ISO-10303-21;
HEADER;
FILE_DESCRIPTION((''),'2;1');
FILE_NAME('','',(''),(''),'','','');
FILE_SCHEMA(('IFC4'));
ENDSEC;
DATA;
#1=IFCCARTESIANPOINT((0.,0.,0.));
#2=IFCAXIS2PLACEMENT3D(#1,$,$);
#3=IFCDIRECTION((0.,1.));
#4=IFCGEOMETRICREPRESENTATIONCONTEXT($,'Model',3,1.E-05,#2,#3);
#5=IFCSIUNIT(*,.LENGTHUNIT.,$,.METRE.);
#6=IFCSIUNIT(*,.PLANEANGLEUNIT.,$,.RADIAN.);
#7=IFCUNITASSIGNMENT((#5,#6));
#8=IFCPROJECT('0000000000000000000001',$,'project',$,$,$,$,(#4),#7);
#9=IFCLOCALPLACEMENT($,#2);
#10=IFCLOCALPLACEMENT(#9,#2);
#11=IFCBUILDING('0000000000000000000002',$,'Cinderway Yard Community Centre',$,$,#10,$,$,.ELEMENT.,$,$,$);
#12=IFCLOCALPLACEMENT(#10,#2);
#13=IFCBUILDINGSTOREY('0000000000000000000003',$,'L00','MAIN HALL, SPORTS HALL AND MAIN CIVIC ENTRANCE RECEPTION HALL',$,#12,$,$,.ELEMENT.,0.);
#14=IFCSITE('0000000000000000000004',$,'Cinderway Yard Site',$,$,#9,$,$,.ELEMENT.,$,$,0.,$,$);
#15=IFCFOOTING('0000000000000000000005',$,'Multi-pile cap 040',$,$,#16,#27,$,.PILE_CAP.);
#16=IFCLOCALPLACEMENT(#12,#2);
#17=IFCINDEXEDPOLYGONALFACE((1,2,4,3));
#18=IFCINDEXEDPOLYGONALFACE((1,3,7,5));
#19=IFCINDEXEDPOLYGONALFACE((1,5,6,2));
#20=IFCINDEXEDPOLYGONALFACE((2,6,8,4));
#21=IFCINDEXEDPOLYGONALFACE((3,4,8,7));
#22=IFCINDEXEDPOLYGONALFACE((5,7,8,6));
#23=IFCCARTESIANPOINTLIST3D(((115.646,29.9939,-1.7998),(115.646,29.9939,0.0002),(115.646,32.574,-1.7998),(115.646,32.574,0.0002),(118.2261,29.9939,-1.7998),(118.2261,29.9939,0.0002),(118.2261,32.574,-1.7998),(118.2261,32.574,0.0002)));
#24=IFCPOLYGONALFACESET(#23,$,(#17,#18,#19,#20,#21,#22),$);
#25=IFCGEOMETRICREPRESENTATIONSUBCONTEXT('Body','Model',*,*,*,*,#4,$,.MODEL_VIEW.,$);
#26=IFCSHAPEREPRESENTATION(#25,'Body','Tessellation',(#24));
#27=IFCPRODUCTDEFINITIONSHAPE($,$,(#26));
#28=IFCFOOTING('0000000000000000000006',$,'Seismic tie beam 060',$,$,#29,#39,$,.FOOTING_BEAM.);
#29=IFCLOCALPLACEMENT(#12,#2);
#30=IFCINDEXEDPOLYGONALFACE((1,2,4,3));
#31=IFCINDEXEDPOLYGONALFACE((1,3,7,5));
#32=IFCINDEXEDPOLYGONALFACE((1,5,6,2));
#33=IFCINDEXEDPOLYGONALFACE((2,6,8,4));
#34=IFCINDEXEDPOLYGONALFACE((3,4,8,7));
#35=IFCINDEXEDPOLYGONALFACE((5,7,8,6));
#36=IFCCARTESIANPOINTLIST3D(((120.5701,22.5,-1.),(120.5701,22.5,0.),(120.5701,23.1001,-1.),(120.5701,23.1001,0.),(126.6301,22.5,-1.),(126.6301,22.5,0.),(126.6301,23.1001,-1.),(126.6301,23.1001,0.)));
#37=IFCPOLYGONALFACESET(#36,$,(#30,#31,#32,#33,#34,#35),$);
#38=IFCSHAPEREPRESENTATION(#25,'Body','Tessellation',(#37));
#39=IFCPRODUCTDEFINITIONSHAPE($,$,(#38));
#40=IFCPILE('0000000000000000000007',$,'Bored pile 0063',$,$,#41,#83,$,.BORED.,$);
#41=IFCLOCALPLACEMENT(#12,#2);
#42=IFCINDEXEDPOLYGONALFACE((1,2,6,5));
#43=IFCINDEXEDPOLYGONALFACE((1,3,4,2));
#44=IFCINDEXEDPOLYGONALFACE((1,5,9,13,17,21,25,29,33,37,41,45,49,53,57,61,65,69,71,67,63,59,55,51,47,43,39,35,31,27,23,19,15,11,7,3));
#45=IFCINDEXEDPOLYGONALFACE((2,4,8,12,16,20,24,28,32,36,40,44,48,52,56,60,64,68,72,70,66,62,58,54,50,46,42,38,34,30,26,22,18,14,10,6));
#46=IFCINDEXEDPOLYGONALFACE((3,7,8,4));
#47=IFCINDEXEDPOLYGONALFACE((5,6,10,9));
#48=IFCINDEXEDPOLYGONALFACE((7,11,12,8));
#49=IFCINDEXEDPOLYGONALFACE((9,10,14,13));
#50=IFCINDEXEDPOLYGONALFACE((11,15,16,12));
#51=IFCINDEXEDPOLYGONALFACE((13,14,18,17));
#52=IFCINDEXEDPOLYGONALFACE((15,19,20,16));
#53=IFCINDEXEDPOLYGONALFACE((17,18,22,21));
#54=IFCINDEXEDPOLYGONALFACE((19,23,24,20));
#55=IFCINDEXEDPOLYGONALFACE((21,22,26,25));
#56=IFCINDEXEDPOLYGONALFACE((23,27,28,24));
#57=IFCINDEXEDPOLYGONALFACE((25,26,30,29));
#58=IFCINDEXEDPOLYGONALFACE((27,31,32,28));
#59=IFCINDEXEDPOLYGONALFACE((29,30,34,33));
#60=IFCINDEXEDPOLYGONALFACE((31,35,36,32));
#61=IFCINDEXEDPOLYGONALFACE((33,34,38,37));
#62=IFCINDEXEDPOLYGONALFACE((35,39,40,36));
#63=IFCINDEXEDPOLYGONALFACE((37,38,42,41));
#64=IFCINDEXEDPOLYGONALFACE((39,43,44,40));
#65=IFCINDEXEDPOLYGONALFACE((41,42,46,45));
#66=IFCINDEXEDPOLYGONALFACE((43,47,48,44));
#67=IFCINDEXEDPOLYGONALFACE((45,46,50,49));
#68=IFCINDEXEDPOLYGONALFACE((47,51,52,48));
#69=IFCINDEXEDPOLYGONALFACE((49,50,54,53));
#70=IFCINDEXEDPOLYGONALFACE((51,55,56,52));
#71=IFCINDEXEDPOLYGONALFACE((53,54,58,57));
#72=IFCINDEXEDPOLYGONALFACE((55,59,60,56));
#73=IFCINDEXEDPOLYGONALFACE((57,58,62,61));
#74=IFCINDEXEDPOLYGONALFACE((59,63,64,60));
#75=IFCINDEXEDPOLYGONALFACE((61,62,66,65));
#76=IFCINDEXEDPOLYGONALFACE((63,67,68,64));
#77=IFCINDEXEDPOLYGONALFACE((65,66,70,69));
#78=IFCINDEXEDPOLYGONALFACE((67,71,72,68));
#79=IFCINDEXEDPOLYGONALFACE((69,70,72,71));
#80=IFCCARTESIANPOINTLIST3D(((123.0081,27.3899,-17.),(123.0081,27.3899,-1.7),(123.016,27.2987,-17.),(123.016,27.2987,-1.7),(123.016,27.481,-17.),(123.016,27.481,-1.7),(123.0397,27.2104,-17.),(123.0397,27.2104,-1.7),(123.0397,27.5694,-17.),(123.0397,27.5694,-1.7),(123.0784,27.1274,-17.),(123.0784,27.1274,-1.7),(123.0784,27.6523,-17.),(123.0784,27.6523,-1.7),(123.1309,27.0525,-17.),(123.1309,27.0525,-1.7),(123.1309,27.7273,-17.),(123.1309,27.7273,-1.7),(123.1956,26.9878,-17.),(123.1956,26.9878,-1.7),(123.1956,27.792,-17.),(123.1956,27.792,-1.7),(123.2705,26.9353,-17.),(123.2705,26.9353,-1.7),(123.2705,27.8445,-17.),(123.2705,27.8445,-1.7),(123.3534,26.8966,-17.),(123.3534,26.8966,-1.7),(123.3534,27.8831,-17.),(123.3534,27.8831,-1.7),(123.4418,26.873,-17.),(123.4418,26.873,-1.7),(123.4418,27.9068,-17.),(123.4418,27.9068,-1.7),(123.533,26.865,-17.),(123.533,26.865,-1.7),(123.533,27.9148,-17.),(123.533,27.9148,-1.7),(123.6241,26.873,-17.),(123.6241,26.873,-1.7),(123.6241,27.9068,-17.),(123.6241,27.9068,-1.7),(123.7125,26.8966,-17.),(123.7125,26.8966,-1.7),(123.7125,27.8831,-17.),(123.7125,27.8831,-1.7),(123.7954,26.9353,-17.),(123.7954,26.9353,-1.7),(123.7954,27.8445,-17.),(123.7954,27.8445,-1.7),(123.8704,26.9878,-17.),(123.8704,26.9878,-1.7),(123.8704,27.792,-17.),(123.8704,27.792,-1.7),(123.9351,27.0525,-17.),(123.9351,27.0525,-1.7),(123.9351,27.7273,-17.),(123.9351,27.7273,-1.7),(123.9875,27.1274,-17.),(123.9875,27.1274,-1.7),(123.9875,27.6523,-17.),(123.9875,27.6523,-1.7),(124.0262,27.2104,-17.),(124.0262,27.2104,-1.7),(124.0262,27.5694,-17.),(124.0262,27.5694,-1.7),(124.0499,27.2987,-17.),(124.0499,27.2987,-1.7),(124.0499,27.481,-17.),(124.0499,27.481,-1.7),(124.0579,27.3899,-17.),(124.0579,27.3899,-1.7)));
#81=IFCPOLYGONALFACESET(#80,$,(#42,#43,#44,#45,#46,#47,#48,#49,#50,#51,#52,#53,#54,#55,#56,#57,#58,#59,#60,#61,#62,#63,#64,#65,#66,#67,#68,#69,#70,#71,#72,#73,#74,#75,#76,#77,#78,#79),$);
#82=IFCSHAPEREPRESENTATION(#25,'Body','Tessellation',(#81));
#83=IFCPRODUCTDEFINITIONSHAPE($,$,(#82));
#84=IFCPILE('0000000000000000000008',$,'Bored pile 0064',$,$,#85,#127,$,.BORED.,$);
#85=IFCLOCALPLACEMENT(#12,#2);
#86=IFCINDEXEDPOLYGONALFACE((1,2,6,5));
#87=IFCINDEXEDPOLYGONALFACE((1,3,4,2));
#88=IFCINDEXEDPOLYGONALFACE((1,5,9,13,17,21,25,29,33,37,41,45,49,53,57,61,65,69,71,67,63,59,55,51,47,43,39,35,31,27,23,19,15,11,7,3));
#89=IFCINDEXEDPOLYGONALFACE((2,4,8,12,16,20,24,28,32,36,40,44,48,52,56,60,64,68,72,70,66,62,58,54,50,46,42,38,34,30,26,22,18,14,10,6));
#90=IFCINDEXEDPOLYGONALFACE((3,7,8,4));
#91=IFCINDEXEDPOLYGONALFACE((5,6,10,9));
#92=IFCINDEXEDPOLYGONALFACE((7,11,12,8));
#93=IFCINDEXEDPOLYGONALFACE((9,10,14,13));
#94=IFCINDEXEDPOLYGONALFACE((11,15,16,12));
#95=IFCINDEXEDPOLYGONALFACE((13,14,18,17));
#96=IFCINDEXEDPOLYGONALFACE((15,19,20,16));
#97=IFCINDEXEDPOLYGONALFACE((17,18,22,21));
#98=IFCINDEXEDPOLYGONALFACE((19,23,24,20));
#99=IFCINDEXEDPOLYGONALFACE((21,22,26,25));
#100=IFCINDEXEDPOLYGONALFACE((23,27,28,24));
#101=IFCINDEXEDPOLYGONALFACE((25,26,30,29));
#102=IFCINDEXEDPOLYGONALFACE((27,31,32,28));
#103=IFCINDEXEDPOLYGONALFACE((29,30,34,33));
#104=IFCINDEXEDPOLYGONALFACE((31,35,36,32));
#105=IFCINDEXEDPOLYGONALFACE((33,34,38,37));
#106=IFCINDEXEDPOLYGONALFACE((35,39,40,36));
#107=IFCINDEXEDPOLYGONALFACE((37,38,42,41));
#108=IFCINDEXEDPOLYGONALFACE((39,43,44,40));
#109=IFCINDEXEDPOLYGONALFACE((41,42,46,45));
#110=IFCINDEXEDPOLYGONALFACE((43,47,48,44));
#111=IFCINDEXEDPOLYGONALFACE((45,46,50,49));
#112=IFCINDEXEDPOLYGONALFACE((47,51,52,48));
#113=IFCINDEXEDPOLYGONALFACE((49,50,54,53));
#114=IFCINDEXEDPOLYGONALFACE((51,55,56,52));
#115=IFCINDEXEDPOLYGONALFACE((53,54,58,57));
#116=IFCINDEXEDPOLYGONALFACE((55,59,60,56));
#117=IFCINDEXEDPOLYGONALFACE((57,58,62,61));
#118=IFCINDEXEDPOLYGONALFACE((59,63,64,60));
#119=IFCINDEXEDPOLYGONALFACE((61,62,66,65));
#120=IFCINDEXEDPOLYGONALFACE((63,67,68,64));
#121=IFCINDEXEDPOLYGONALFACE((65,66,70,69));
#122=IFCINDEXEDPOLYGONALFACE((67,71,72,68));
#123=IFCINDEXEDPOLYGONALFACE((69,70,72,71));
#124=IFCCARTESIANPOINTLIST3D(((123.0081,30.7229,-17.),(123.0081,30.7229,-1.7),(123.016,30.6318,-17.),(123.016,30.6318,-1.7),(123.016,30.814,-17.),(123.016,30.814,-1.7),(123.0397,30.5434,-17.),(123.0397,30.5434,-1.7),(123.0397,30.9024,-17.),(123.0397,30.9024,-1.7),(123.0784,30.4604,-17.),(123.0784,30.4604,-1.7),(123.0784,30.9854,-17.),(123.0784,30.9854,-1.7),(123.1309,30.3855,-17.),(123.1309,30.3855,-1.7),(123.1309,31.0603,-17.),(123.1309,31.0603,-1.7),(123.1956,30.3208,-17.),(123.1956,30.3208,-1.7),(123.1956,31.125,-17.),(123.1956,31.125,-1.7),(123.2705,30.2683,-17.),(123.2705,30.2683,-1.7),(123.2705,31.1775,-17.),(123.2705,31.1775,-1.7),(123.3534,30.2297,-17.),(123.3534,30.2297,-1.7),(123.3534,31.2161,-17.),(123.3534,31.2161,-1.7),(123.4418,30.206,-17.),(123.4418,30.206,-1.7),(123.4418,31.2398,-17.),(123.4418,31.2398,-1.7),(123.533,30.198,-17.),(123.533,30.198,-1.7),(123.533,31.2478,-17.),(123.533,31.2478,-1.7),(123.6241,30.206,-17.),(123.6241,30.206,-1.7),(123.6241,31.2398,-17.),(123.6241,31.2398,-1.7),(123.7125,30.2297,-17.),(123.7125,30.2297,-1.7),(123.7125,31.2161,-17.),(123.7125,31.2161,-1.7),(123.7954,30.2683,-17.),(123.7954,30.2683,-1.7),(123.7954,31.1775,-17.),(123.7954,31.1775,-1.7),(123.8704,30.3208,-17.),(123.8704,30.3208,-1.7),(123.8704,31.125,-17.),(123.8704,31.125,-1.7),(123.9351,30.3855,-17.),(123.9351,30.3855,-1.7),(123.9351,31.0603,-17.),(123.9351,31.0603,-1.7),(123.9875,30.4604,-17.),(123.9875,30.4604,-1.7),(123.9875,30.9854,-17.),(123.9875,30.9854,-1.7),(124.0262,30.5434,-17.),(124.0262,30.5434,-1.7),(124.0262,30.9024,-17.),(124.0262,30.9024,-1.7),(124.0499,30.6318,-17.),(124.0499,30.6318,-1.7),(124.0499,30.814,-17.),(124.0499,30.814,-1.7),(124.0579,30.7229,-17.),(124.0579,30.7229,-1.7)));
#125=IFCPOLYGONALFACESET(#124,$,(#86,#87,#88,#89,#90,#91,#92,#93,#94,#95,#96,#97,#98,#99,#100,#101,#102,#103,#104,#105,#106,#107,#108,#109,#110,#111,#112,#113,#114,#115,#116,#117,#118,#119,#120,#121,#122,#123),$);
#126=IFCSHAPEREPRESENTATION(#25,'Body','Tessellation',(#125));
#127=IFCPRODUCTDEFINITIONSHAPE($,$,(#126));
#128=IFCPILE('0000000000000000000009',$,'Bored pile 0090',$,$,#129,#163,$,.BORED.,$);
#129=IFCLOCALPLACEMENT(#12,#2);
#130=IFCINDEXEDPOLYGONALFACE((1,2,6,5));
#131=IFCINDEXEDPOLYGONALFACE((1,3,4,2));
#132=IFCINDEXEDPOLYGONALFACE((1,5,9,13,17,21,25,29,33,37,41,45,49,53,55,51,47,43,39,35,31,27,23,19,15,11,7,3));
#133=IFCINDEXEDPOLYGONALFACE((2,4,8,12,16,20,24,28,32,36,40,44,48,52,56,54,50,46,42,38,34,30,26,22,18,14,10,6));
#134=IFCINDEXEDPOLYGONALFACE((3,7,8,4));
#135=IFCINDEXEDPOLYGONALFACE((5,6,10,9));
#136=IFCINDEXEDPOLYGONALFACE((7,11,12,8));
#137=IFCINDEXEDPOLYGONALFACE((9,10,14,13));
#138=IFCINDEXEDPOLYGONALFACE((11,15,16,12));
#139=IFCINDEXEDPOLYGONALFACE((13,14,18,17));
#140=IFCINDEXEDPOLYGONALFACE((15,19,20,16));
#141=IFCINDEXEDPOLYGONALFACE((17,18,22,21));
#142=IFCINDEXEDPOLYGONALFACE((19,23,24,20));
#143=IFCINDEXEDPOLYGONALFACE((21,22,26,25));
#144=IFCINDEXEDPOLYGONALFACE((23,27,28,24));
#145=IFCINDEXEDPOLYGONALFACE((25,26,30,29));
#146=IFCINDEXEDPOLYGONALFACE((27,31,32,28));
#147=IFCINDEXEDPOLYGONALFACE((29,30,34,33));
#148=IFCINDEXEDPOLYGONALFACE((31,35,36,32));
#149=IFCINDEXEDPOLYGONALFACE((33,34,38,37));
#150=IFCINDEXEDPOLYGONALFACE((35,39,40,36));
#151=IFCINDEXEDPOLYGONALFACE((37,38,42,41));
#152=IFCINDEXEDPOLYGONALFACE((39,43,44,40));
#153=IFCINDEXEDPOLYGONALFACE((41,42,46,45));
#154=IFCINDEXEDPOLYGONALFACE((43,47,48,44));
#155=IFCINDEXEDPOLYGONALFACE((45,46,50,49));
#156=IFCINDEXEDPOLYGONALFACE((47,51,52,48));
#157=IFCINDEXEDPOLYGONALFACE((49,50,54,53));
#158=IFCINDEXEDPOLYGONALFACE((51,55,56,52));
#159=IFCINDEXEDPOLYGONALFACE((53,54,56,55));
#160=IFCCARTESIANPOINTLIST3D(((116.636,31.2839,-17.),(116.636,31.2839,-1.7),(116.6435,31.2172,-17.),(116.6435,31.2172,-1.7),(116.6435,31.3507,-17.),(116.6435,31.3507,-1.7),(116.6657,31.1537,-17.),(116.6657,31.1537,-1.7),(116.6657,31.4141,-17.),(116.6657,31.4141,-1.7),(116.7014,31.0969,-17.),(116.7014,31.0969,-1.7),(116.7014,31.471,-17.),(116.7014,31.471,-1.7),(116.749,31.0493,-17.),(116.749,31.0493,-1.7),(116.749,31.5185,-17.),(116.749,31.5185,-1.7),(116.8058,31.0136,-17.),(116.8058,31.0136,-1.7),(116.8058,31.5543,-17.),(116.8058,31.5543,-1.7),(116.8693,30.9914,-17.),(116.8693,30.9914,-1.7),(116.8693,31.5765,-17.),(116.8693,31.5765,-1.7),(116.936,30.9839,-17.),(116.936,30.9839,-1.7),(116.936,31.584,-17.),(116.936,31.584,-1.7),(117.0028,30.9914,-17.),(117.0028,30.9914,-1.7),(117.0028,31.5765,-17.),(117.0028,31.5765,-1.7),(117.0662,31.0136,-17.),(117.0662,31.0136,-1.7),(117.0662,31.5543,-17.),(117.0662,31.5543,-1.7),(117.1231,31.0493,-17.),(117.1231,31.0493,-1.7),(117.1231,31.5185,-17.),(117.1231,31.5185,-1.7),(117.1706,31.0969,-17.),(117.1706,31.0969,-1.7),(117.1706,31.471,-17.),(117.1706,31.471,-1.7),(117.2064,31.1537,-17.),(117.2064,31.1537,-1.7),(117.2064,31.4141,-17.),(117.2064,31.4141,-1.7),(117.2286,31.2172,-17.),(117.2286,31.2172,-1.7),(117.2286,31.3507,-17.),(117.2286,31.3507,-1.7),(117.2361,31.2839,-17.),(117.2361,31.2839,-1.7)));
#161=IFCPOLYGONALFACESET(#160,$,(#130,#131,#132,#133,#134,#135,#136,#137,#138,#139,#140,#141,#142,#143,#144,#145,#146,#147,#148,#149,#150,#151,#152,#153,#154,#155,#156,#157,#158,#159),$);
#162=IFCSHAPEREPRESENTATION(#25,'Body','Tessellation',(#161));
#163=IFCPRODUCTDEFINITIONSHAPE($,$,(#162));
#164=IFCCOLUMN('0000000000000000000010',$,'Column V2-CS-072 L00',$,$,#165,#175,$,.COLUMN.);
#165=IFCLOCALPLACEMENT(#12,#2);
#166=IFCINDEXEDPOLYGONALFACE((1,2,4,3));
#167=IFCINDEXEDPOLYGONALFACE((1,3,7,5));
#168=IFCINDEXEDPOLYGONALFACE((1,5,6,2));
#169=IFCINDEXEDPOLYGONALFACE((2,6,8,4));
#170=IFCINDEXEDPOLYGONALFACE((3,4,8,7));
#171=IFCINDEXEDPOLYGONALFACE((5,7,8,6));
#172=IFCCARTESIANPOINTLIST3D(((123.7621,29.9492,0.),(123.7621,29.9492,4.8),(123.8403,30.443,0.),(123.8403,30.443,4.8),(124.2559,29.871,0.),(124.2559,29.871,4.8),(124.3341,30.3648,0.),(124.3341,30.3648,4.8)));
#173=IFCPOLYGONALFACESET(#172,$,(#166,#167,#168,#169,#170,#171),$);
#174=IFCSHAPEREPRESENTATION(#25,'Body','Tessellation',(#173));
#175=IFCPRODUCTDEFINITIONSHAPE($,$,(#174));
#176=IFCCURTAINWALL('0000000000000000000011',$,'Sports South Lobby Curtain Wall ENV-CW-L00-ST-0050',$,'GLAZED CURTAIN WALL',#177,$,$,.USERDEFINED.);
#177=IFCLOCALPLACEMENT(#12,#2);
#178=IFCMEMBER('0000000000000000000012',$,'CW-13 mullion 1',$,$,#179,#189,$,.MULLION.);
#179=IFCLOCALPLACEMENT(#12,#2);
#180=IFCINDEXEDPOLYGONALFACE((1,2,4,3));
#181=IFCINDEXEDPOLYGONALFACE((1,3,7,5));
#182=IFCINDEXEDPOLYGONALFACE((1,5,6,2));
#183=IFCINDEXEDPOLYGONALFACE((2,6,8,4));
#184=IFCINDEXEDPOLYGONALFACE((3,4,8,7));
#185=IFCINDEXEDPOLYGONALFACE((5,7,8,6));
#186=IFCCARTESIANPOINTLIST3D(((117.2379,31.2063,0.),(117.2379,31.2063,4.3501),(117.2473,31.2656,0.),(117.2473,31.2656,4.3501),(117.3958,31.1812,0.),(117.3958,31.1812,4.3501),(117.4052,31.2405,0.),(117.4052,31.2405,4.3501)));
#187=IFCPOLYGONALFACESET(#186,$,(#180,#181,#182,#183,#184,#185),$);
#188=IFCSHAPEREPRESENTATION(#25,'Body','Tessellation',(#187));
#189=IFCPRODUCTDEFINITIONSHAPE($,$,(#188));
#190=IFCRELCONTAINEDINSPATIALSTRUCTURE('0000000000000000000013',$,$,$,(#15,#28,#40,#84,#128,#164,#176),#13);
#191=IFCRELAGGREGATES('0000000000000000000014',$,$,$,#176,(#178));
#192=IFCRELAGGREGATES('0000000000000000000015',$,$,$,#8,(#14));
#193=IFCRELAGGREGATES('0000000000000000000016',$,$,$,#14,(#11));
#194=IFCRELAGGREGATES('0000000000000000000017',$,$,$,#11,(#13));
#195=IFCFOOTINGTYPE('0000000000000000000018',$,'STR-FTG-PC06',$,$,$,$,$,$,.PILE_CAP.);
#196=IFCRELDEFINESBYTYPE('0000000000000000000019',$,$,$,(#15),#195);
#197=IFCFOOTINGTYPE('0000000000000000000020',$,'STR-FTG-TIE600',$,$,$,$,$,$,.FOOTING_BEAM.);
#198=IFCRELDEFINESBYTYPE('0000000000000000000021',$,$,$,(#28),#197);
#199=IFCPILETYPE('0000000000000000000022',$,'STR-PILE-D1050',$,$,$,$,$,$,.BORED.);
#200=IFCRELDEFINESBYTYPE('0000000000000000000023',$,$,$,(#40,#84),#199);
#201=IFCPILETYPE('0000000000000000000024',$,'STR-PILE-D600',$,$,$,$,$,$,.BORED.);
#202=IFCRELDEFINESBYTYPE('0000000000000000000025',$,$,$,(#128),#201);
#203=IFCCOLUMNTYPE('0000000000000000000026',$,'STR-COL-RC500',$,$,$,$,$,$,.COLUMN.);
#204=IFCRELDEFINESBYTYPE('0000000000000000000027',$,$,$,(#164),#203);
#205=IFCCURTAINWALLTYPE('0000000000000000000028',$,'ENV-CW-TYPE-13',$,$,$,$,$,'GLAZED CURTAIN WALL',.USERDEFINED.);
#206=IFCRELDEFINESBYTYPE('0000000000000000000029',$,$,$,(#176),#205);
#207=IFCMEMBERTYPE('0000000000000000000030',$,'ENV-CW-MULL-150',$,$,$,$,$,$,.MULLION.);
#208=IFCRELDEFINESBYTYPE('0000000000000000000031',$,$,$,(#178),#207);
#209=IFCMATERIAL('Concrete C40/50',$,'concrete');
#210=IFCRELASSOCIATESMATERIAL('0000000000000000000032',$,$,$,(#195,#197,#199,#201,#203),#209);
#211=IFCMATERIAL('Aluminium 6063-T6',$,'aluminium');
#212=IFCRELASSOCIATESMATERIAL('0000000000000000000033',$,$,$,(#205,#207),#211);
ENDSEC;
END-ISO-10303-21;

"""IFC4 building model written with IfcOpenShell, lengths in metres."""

from ifc_helpers import new_model, si_unit, direction, frame, origin, origin_2d, place, context, subcontext, project, spatial, rectangle, circle, extrude, material, material_profile, profile_set, type_object, element, aggregate, save


model = new_model("IFC4")

# Units and contexts
model_context = context("Model", 3, precision=1e-05, world=origin(), true_north=direction((0.0, 1.0)))
body_context = subcontext(model_context, "Body", "Model", "MODEL_VIEW")
ifc_project = project(units=[si_unit("LENGTHUNIT", "METRE"), si_unit("PLANEANGLEUNIT", "RADIAN")], contexts=[model_context])

# Site, building, storey
site_placement = place(None, origin())
site = spatial("IfcSite", under=ifc_project, at=site_placement, Name="Cinderway Yard Site", CompositionType="ELEMENT", RefElevation=0.0)
building_placement = place(site_placement, origin())
building = spatial("IfcBuilding", under=site, at=building_placement, Name="Cinderway Yard Community Centre", CompositionType="ELEMENT")
storey_placement = place(building_placement, origin())
storey = spatial("IfcBuildingStorey", under=building, at=storey_placement, Name="L00", Description="MAIN HALL, SPORTS HALL AND MAIN CIVIC ENTRANCE RECEPTION HALL", CompositionType="ELEMENT", Elevation=0.0)

# Footings
ifc_material_1 = material(Name="Concrete C40/50", Category="concrete")
footing_type_1 = type_object("IfcFootingType", Name="STR-FTG-PC06", PredefinedType="PILE_CAP", material=ifc_material_1)
footing_1_placement = place(storey_placement, frame((116.936, 31.2839, -1.7998), z_axis=(0.0, 0.0, 1.0), x_axis=(1.0, 0.0, 0.0)))
element("IfcFooting", 1, at=footing_1_placement, inside=storey, type_object=footing_type_1, Name="Multi-pile cap 040", PredefinedType="PILE_CAP", context=body_context, shape_type="SweptSolid", body=[
    extrude(rectangle(XDim=2.5801, YDim=2.5801, at=origin_2d()), origin(), (0.0, 0.0, 1.0), 1.8),
])
footing_type_2 = type_object("IfcFootingType", Name="STR-FTG-TIE600", PredefinedType="FOOTING_BEAM", material=ifc_material_1)
footing_2_placement = place(storey_placement, frame((123.6001, 22.8, -1.0), z_axis=(0.0, 0.0, 1.0), x_axis=(1.0, 0.0, 0.0)))
element("IfcFooting", 2, at=footing_2_placement, inside=storey, type_object=footing_type_2, Name="Seismic tie beam 060", PredefinedType="FOOTING_BEAM", context=body_context, shape_type="SweptSolid", body=[
    extrude(rectangle(XDim=6.0601, YDim=0.6001, at=origin_2d()), origin(), (0.0, 0.0, 1.0), 1.0),
])

# Piles
ifc_material_profile_1 = material_profile(ifc_material_1, circle(Radius=0.5249, at=origin_2d()), Name="Concrete C40/50")
ifc_profile_set_1 = profile_set([ifc_material_profile_1], Name="Concrete C40/50")
pile_type_1 = type_object("IfcPileType", Name="STR-PILE-D1050", PredefinedType="BORED", material=ifc_profile_set_1)
for number, where, z_axis, x_axis, name in (
    (3, (123.533, 27.3899, -1.7), (0.0, 0.0, -1.0), (1.0, 0.0, 0.0), "Bored pile 0063"),
    (4, (123.533, 30.7229, -1.7), (0.0, 0.0, -1.0), (1.0, 0.0, 0.0), "Bored pile 0064"),
):
    element("IfcPile", number, at=place(storey_placement, frame(where, z_axis=z_axis, x_axis=x_axis)), inside=storey, type_object=pile_type_1, Name=name, PredefinedType="BORED", context=body_context, shape_type="SweptSolid", body=[
        extrude(circle(Radius=0.5249, at=origin_2d()), origin(), (0.0, 0.0, 1.0), 15.3),
    ])
ifc_material_profile_2 = material_profile(ifc_material_1, circle(Radius=0.3, at=origin_2d()), Name="Concrete C40/50")
ifc_profile_set_2 = profile_set([ifc_material_profile_2], Name="Concrete C40/50")
pile_type_2 = type_object("IfcPileType", Name="STR-PILE-D600", PredefinedType="BORED", material=ifc_profile_set_2)
pile_placement = place(storey_placement, frame((116.936, 31.2839, -1.7), z_axis=(0.0, 0.0, -1.0), x_axis=(1.0, 0.0, 0.0)))
element("IfcPile", 5, at=pile_placement, inside=storey, type_object=pile_type_2, Name="Bored pile 0090", PredefinedType="BORED", context=body_context, shape_type="SweptSolid", body=[
    extrude(circle(Radius=0.3, at=origin_2d()), origin(), (0.0, 0.0, 1.0), 15.3),
])

# Column
ifc_material_profile_3 = material_profile(ifc_material_1, rectangle(XDim=0.5, YDim=0.5, at=origin_2d()), Name="Concrete C40/50")
ifc_profile_set_3 = profile_set([ifc_material_profile_3], Name="Concrete C40/50")
column_type = type_object("IfcColumnType", Name="STR-COL-RC500", PredefinedType="COLUMN", material=ifc_profile_set_3)
column_placement = place(storey_placement, frame((124.0481, 30.157, 0.0), z_axis=(0.0, 0.0, 1.0), x_axis=(0.987688, -0.156434, 0.0)))
element("IfcColumn", 6, at=column_placement, inside=storey, type_object=column_type, Name="Column V2-CS-072 L00", PredefinedType="COLUMN", context=body_context, shape_type="SweptSolid", body=[
    extrude(rectangle(XDim=0.5, YDim=0.5, at=origin_2d()), origin(), (0.0, 0.0, 1.0), 4.8),
])

# Curtain wall, member
ifc_material_2 = material(Name="Aluminium 6063-T6", Category="aluminium")
curtain_wall_type = type_object("IfcCurtainWallType", Name="ENV-CW-TYPE-13", ElementType="GLAZED CURTAIN WALL", PredefinedType="USERDEFINED", material=ifc_material_2)
curtain_wall_placement = place(storey_placement, origin())
curtain_wall = element("IfcCurtainWall", 7, at=curtain_wall_placement, inside=storey, type_object=curtain_wall_type, Name="Sports South Lobby Curtain Wall ENV-CW-L00-ST-0050", ObjectType="GLAZED CURTAIN WALL", PredefinedType="USERDEFINED")
ifc_material_profile_4 = material_profile(ifc_material_2, rectangle(XDim=0.0601, YDim=0.1599, at=origin_2d()), Name="Aluminium 6063-T6")
ifc_profile_set_4 = profile_set([ifc_material_profile_4], Name="Aluminium 6063-T6")
member_type_1 = type_object("IfcMemberType", Name="ENV-CW-MULL-150", PredefinedType="MULLION", material=ifc_profile_set_4)
member_1_placement = place(storey_placement, frame((117.3215, 31.2234, 0.0), z_axis=(0.0, 0.0, 1.0), x_axis=(0.156636, 0.987656, 0.0)))
member_1 = element("IfcMember", 8, at=member_1_placement, type_object=member_type_1, Name="CW-13 mullion 1", PredefinedType="MULLION", context=body_context, shape_type="SweptSolid", body=[
    extrude(rectangle(XDim=0.0601, YDim=0.1599, at=origin_2d()), origin(), (0.0, 0.0, 1.0), 4.3501),
])
aggregate(curtain_wall, [member_1])

save(model, "model.ifc")
